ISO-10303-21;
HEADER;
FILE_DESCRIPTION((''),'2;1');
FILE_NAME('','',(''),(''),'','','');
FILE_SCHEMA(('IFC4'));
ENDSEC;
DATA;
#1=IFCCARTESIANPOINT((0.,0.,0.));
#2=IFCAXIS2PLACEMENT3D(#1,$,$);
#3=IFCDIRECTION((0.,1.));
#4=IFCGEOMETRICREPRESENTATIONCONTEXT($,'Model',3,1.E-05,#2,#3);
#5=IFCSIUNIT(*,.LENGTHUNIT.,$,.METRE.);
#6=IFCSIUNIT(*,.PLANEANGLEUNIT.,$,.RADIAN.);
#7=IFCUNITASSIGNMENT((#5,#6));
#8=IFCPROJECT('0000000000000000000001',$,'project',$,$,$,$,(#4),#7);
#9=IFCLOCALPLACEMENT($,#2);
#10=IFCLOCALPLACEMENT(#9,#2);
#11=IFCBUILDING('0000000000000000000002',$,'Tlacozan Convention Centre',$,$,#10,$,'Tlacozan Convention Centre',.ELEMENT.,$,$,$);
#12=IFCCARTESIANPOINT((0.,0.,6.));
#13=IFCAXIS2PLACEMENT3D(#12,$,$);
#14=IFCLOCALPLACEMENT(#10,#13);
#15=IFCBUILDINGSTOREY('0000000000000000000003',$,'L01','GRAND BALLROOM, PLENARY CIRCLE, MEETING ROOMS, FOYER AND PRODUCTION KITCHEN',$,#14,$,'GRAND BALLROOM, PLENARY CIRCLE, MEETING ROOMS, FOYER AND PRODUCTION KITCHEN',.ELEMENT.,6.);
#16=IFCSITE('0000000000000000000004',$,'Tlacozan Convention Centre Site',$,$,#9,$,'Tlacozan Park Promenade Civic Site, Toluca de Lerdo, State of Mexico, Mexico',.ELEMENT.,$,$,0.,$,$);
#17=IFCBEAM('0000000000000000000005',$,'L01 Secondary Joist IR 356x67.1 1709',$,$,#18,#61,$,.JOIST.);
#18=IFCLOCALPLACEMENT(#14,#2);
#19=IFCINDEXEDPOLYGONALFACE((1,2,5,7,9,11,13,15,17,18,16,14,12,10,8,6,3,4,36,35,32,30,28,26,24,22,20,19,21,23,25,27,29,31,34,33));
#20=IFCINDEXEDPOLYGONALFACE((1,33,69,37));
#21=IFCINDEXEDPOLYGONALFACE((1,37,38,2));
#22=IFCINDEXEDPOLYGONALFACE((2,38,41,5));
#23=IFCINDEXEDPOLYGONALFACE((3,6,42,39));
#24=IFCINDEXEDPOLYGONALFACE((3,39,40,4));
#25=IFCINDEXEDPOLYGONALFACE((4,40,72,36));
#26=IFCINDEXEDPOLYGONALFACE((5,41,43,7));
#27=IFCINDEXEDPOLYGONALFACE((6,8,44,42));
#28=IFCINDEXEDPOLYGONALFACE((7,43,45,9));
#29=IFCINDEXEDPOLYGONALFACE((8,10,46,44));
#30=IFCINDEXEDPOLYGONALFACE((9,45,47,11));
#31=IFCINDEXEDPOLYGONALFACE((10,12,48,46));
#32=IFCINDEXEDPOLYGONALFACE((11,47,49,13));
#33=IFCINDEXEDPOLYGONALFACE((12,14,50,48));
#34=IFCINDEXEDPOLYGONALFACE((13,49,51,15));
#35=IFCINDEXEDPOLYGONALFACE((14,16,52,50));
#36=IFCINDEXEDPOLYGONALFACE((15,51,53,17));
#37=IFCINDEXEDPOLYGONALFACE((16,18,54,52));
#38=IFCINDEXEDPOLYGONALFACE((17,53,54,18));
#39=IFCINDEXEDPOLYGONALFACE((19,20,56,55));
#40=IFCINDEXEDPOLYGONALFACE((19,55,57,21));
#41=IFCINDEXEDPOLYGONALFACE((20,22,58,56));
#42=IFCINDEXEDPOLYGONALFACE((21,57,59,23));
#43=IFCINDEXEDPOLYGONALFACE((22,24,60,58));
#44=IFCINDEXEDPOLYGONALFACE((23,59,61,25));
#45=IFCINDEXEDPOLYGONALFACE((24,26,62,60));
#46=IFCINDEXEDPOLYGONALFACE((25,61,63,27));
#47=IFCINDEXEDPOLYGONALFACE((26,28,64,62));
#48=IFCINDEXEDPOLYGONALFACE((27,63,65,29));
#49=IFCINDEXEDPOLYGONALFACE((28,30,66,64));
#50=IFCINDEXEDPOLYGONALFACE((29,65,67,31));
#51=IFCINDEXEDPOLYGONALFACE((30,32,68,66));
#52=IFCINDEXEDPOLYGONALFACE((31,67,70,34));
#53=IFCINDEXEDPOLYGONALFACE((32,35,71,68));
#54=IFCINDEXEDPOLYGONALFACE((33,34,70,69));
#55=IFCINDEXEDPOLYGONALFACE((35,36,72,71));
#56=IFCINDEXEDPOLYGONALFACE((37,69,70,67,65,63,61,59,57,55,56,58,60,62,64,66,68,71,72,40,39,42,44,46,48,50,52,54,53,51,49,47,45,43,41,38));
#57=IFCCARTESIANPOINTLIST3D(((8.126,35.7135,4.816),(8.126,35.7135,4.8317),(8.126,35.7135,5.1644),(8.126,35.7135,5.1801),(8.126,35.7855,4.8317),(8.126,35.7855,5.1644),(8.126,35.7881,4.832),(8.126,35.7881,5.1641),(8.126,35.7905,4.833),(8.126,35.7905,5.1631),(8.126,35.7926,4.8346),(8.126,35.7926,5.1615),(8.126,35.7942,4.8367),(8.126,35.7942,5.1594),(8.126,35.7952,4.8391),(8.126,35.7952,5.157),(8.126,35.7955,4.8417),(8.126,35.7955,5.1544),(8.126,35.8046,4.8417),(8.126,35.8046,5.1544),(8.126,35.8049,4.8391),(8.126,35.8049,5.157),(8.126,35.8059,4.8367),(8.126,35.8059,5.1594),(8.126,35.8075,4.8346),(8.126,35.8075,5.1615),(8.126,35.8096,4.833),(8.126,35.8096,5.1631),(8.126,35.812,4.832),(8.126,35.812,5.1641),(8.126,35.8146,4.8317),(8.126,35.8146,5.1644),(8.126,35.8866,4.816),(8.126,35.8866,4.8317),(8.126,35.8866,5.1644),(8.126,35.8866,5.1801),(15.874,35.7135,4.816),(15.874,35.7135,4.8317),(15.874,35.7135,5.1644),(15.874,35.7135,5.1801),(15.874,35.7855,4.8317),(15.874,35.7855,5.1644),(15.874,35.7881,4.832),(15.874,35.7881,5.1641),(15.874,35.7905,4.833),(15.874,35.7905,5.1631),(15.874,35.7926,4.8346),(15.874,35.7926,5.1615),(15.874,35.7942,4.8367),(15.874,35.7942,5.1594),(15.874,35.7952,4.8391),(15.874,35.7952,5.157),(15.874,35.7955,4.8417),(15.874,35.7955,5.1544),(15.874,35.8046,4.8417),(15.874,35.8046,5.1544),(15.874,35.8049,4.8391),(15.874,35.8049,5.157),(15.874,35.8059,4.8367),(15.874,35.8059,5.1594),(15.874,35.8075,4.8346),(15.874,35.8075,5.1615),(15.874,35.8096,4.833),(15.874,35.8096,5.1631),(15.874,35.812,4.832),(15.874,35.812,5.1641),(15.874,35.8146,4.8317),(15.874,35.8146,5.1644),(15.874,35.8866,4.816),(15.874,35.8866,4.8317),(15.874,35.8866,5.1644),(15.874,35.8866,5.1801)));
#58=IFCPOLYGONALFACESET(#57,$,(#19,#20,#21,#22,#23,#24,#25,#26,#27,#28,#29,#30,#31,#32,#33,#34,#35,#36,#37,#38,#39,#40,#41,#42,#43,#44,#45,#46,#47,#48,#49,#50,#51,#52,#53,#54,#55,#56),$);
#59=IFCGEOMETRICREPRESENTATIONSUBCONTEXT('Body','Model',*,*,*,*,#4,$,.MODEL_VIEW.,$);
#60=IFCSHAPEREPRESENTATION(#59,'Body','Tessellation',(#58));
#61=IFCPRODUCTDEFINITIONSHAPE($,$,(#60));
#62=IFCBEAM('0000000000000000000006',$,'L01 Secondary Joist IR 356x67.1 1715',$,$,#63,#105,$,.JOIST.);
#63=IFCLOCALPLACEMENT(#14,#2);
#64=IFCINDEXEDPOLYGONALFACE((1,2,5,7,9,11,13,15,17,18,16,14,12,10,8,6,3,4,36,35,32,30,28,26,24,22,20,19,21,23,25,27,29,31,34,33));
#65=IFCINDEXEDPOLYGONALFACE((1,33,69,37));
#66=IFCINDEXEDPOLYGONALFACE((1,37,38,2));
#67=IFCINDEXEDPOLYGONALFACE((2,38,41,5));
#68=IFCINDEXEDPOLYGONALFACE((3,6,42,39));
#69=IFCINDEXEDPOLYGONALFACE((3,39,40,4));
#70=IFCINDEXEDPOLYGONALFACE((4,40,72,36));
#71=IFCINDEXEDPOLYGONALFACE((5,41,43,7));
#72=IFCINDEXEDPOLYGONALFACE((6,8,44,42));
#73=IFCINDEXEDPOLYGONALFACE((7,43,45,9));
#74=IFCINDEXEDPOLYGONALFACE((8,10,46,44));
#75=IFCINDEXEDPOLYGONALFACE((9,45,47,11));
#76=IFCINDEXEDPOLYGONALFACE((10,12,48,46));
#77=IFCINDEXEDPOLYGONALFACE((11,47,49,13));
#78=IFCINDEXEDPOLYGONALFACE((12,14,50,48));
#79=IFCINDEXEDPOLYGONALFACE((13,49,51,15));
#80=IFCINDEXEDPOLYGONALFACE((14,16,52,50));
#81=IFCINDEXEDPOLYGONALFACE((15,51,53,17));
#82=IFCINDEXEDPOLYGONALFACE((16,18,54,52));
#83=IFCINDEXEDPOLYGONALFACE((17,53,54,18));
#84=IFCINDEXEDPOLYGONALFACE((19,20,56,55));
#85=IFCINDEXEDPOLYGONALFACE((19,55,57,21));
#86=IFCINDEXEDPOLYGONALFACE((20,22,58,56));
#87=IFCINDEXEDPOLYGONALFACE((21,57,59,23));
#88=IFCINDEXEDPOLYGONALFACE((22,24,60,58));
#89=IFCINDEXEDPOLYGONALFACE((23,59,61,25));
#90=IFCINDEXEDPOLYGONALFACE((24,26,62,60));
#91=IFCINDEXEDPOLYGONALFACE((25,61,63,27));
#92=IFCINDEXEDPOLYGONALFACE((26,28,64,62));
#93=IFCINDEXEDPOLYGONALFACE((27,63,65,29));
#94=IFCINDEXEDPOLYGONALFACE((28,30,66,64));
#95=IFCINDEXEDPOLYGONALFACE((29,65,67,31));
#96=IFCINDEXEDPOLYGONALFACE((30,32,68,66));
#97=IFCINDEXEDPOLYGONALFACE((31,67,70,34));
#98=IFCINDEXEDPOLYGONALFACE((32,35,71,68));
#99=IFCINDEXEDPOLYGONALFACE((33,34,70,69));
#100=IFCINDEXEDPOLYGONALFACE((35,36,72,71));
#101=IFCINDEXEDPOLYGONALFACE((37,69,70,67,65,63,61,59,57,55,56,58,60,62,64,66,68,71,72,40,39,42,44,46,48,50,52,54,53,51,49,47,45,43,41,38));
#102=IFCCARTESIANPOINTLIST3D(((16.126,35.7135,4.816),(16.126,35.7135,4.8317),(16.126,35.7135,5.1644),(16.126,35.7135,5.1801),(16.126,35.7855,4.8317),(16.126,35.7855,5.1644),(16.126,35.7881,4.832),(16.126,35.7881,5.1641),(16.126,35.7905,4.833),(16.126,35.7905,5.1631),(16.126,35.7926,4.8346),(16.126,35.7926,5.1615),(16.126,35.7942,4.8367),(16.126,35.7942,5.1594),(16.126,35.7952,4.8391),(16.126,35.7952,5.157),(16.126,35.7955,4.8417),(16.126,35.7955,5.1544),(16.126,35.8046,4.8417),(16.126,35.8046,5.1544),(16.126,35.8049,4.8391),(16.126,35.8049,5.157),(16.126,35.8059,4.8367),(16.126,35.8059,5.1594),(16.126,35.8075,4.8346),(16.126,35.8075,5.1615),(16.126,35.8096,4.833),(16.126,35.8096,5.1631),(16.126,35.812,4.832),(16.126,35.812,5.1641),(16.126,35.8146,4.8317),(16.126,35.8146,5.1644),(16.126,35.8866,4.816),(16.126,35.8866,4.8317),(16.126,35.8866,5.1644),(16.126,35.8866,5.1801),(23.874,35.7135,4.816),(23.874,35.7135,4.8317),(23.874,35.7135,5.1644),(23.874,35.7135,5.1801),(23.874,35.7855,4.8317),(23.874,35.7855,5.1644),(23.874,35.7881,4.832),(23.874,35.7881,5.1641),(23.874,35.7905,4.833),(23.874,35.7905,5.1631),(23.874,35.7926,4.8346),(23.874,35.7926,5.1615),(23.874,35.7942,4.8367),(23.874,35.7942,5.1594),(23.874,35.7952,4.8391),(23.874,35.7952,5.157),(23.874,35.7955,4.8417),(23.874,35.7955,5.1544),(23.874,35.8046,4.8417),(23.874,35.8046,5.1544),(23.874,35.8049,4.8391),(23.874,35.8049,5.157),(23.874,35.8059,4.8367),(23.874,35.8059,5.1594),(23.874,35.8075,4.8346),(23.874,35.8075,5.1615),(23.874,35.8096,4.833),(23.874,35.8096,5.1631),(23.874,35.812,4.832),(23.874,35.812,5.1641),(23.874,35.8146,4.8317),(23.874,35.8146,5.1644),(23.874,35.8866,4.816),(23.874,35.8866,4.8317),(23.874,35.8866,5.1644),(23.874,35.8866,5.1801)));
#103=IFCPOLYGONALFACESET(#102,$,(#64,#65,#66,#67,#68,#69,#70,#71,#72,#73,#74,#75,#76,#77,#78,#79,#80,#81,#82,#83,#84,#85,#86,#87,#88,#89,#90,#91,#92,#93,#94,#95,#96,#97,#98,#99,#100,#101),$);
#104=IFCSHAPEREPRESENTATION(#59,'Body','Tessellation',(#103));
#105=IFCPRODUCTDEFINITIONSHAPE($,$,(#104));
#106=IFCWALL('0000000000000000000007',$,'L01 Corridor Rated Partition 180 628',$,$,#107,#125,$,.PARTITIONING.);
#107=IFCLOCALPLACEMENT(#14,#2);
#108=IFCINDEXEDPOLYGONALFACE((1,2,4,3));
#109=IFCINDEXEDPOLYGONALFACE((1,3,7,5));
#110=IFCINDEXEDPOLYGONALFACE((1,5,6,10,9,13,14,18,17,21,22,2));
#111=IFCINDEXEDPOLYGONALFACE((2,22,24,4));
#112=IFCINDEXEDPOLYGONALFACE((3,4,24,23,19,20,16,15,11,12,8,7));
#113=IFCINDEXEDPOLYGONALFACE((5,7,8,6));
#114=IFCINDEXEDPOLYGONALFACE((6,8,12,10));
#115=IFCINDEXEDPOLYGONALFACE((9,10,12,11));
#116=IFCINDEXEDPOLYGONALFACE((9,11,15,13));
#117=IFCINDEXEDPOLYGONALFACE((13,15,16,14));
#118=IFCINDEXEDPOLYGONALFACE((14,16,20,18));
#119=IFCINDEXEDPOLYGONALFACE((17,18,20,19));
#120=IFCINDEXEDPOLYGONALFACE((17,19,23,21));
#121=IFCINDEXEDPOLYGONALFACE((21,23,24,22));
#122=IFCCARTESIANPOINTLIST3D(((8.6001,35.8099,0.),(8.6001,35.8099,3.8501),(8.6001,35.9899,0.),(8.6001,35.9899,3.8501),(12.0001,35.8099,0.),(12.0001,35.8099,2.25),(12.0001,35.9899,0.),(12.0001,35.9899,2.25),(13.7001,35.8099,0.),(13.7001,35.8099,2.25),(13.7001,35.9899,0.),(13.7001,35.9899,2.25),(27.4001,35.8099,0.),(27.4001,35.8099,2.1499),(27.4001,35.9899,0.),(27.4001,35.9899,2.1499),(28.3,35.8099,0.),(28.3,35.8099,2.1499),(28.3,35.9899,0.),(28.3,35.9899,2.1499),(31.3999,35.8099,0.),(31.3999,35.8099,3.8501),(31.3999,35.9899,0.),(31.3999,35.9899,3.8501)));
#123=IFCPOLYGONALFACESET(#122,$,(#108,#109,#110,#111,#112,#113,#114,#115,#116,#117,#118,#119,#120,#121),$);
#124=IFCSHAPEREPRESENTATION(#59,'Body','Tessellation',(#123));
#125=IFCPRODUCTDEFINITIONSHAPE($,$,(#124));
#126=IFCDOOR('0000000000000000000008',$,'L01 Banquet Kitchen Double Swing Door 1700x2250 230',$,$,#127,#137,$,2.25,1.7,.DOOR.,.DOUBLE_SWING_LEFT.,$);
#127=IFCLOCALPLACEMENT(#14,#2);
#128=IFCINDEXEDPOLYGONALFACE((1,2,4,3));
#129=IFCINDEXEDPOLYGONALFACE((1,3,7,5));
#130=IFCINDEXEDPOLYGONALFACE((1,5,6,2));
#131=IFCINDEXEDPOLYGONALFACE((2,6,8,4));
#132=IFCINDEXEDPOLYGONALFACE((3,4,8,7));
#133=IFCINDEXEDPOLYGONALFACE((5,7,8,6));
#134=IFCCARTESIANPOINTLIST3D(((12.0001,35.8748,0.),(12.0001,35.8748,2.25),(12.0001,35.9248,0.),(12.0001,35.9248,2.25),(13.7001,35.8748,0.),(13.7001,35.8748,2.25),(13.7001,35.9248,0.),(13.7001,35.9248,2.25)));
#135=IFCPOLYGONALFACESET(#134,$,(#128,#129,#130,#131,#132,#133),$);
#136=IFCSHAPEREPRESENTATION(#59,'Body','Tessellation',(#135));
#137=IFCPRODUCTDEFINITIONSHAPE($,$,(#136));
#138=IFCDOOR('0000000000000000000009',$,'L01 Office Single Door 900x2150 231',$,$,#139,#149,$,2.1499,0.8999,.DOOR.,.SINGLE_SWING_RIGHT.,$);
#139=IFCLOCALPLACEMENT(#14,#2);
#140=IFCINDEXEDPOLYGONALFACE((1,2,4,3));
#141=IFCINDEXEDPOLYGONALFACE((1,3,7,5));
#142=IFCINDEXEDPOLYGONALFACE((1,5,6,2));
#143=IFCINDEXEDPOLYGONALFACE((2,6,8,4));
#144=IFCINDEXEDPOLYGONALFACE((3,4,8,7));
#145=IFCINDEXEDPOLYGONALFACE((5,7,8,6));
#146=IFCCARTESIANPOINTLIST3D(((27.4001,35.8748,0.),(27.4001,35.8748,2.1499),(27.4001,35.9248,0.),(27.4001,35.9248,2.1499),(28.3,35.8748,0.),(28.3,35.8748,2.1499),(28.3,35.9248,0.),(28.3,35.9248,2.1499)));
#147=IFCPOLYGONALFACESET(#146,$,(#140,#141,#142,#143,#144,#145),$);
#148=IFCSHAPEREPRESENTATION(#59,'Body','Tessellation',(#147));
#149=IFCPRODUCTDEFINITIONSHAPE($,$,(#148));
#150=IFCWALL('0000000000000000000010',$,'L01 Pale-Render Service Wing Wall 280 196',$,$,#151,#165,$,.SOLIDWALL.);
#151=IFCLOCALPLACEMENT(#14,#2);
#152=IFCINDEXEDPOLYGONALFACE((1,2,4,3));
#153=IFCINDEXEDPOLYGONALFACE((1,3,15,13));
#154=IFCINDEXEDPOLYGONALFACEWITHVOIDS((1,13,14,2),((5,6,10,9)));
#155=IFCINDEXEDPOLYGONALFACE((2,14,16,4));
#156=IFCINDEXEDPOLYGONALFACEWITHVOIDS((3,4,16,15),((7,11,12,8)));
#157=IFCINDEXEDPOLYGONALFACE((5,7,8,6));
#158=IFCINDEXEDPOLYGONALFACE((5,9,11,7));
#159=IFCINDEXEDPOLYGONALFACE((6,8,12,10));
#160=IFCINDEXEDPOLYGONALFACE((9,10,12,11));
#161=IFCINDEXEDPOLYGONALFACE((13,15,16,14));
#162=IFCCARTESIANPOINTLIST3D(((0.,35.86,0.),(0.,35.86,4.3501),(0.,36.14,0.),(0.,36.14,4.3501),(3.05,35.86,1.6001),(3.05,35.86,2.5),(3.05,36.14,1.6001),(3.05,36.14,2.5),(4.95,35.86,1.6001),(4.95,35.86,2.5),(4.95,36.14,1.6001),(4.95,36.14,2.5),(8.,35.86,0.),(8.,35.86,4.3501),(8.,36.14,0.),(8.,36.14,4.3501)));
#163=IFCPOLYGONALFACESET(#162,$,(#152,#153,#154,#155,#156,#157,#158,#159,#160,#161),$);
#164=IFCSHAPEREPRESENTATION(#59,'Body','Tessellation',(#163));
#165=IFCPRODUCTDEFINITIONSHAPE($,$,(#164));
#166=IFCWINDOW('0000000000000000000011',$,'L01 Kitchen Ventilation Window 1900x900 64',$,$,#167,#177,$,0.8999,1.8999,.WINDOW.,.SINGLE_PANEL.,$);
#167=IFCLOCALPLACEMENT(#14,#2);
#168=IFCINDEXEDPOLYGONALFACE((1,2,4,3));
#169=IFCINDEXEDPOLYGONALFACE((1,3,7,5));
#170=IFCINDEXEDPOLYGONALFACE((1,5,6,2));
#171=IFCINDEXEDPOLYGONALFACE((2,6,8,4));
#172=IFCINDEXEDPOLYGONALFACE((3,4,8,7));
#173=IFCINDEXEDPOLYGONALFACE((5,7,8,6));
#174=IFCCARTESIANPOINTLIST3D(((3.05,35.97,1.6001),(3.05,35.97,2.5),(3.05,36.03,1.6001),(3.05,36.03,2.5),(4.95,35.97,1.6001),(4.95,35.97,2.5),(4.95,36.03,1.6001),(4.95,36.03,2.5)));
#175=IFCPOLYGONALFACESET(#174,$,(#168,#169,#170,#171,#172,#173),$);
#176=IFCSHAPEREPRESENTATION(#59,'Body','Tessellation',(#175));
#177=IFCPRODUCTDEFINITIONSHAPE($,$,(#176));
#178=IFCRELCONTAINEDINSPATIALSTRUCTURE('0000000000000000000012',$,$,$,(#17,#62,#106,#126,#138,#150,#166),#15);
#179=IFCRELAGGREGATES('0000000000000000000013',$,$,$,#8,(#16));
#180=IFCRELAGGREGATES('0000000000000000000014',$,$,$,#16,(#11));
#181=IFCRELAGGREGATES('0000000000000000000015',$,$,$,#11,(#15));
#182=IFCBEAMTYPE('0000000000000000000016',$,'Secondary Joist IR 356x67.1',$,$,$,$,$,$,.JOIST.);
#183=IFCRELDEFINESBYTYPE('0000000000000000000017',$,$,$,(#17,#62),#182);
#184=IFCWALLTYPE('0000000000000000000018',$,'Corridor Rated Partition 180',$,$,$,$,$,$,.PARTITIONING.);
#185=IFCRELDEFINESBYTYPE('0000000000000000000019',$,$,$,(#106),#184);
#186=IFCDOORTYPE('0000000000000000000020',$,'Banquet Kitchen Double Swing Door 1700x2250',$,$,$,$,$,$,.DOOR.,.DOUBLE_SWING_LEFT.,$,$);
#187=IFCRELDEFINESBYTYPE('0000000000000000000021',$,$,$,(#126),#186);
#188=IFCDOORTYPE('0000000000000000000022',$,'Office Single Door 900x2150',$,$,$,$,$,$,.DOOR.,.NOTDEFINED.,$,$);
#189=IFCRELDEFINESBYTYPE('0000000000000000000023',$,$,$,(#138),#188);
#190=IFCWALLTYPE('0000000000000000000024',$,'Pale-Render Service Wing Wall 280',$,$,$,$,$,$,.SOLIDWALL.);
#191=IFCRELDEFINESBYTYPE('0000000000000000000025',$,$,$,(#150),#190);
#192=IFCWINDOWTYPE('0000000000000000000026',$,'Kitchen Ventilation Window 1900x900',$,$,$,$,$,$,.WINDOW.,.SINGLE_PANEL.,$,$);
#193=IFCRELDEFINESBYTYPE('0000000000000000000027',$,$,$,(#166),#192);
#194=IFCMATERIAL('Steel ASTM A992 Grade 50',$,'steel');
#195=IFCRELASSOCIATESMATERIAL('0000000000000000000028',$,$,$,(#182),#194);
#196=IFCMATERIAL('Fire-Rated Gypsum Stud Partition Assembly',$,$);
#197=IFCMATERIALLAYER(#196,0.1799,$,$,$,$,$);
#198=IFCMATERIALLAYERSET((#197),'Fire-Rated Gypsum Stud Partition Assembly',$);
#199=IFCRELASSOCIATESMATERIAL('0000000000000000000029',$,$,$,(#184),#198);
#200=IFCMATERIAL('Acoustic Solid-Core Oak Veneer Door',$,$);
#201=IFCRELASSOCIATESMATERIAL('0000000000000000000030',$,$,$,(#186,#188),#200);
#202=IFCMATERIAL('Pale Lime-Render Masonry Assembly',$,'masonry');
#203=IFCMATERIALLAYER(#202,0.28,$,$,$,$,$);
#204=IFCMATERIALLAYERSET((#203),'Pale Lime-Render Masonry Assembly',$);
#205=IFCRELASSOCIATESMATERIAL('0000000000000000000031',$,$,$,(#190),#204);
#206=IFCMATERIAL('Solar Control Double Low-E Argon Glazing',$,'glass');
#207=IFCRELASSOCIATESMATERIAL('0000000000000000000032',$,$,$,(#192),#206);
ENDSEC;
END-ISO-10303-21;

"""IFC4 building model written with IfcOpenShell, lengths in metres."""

from ifc_helpers import new_model, si_unit, direction, frame, frame_2d, origin, origin_2d, place, context, subcontext, project, spatial, rectangle, i_section, extrude, material, layer, layer_set, material_profile, profile_set, type_object, element, fill, save


model = new_model("IFC4")

# Units and contexts
model_context = context("Model", 3, precision=1e-05, world=origin(), true_north=direction((0.0, 1.0)))
body_context = subcontext(model_context, "Body", "Model", "MODEL_VIEW")
ifc_project = project(units=[si_unit("LENGTHUNIT", "METRE"), si_unit("PLANEANGLEUNIT", "RADIAN")], contexts=[model_context])

# Site, building, storey
site_placement = place(None, origin())
site = spatial("IfcSite", under=ifc_project, at=site_placement, Name="Tlacozan Convention Centre Site", LongName="Tlacozan Park Promenade Civic Site, Toluca de Lerdo, State of Mexico, Mexico", CompositionType="ELEMENT", RefElevation=0.0)
building_placement = place(site_placement, origin())
building = spatial("IfcBuilding", under=site, at=building_placement, Name="Tlacozan Convention Centre", LongName="Tlacozan Convention Centre", CompositionType="ELEMENT")
storey_placement = place(building_placement, frame((0.0, 0.0, 6.0)))
storey = spatial("IfcBuildingStorey", under=building, at=storey_placement, Name="L01", Description="GRAND BALLROOM, PLENARY CIRCLE, MEETING ROOMS, FOYER AND PRODUCTION KITCHEN", LongName="GRAND BALLROOM, PLENARY CIRCLE, MEETING ROOMS, FOYER AND PRODUCTION KITCHEN", CompositionType="ELEMENT", Elevation=6.0)

# Beams
ifc_material_1 = material(Name="Steel ASTM A992 Grade 50", Category="steel")
ifc_material_profile_1 = material_profile(ifc_material_1, i_section(OverallWidth=0.1731, OverallDepth=0.364, WebThickness=0.009, FlangeThickness=0.0156, FilletRadius=0.01, at=origin_2d()), Name="IR 356x67.1")
ifc_profile_set_1 = profile_set([ifc_material_profile_1], Name="Steel ASTM A992 Grade 50")
beam_type_1 = type_object("IfcBeamType", Name="Secondary Joist IR 356x67.1", PredefinedType="JOIST", material=ifc_profile_set_1)
for number, where, z_axis, x_axis, name in (
    (1, (8.126, 35.8, 4.998), (1.0, 0.0, 0.0), (0.0, 1.0, 0.0), "L01 Secondary Joist IR 356x67.1 1709"),
    (2, (16.126, 35.8, 4.998), (1.0, 0.0, 0.0), (0.0, 1.0, 0.0), "L01 Secondary Joist IR 356x67.1 1715"),
):
    element("IfcBeam", number, at=place(storey_placement, frame(where, z_axis=z_axis, x_axis=x_axis)), inside=storey, type_object=beam_type_1, Name=name, PredefinedType="JOIST", context=body_context, shape_type="SweptSolid", body=[
        extrude(i_section(OverallWidth=0.1731, OverallDepth=0.364, WebThickness=0.009, FlangeThickness=0.0156, FilletRadius=0.01, at=origin_2d()), origin(), (0.0, 0.0, 1.0), 7.748),
    ])

# Wall, openings, doors
ifc_material_2 = material(Name="Fire-Rated Gypsum Stud Partition Assembly")
ifc_layer_1 = layer(ifc_material_2, 0.1799)
ifc_layer_set_1 = layer_set([ifc_layer_1], Name="Fire-Rated Gypsum Stud Partition Assembly")
wall_type_1 = type_object("IfcWallType", Name="Corridor Rated Partition 180", PredefinedType="PARTITIONING", material=ifc_layer_set_1)
wall_1_placement = place(storey_placement, frame((8.6001, 35.8999, 0.0), z_axis=(0.0, 0.0, 1.0), x_axis=(1.0, 0.0, 0.0)))
wall_1 = element("IfcWall", 3, at=wall_1_placement, inside=storey, type_object=wall_type_1, Name="L01 Corridor Rated Partition 180 628", PredefinedType="PARTITIONING", context=body_context, shape_type="SweptSolid", body=[
    extrude(rectangle(XDim=22.7998, YDim=0.1799, at=frame_2d((11.3999, 0.0))), origin(), (0.0, 0.0, 1.0), 3.8501),
])
opening_1_placement = place(wall_1_placement, frame((3.3999, 0.0, 0.0)))
opening_1 = element("IfcOpeningElement", 4, at=opening_1_placement, cuts=wall_1, PredefinedType="OPENING", context=body_context, shape_type="SweptSolid", body=[
    extrude(rectangle(XDim=1.7, YDim=2.25, at=frame_2d((0.8501, 1.125))), frame((0.0, 0.0999, 0.0), z_axis=(0.0, -1.0, 0.0), x_axis=(1.0, 0.0, 0.0)), (0.0, 0.0, 1.0), 0.2),
])
opening_2_placement = place(wall_1_placement, frame((18.8, 0.0, 0.0)))
opening_2 = element("IfcOpeningElement", 5, at=opening_2_placement, cuts=wall_1, PredefinedType="OPENING", context=body_context, shape_type="SweptSolid", body=[
    extrude(rectangle(XDim=0.8999, YDim=2.1499, at=frame_2d((0.45, 1.075))), frame((0.0, 0.0999, 0.0), z_axis=(0.0, -1.0, 0.0), x_axis=(1.0, 0.0, 0.0)), (0.0, 0.0, 1.0), 0.2),
])
ifc_material_3 = material(Name="Acoustic Solid-Core Oak Veneer Door")
door_type_1 = type_object("IfcDoorType", Name="Banquet Kitchen Double Swing Door 1700x2250", OperationType="DOUBLE_SWING_LEFT", PredefinedType="DOOR", material=ifc_material_3)
door_1_placement = place(opening_1_placement, origin())
door_1 = element("IfcDoor", 6, at=door_1_placement, inside=storey, type_object=door_type_1, Name="L01 Banquet Kitchen Double Swing Door 1700x2250 230", OperationType="DOUBLE_SWING_LEFT", OverallHeight=2.25, OverallWidth=1.7, PredefinedType="DOOR", context=body_context, shape_type="SweptSolid", body=[
    extrude(rectangle(XDim=1.7, YDim=2.25, at=frame_2d((0.8501, 1.125))), frame((0.0, 0.0249, 0.0), z_axis=(0.0, -1.0, 0.0), x_axis=(1.0, 0.0, 0.0)), (0.0, 0.0, 1.0), 0.05),
])
fill(opening_1, door_1)
door_type_2 = type_object("IfcDoorType", Name="Office Single Door 900x2150", OperationType="NOTDEFINED", PredefinedType="DOOR", material=ifc_material_3)
door_2_placement = place(opening_2_placement, origin())
door_2 = element("IfcDoor", 7, at=door_2_placement, inside=storey, type_object=door_type_2, Name="L01 Office Single Door 900x2150 231", OperationType="SINGLE_SWING_RIGHT", OverallHeight=2.1499, OverallWidth=0.8999, PredefinedType="DOOR", context=body_context, shape_type="SweptSolid", body=[
    extrude(rectangle(XDim=0.8999, YDim=2.1499, at=frame_2d((0.45, 1.075))), frame((0.0, 0.0249, 0.0), z_axis=(0.0, -1.0, 0.0), x_axis=(1.0, 0.0, 0.0)), (0.0, 0.0, 1.0), 0.05),
])
fill(opening_2, door_2)

# Wall, opening, window
ifc_material_4 = material(Name="Pale Lime-Render Masonry Assembly", Category="masonry")
ifc_layer_2 = layer(ifc_material_4, 0.28)
ifc_layer_set_2 = layer_set([ifc_layer_2], Name="Pale Lime-Render Masonry Assembly")
wall_type_2 = type_object("IfcWallType", Name="Pale-Render Service Wing Wall 280", PredefinedType="SOLIDWALL", material=ifc_layer_set_2)
wall_2_placement = place(storey_placement, frame((0.0, 36.0, 0.0), z_axis=(0.0, 0.0, 1.0), x_axis=(1.0, 0.0, 0.0)))
wall_2 = element("IfcWall", 8, at=wall_2_placement, inside=storey, type_object=wall_type_2, Name="L01 Pale-Render Service Wing Wall 280 196", PredefinedType="SOLIDWALL", context=body_context, shape_type="SweptSolid", body=[
    extrude(rectangle(XDim=8.0, YDim=0.28, at=frame_2d((4.0, 0.0))), origin(), (0.0, 0.0, 1.0), 4.3501),
])
opening_3_placement = place(wall_2_placement, frame((3.05, 0.0, 1.6001)))
opening_3 = element("IfcOpeningElement", 9, at=opening_3_placement, cuts=wall_2, PredefinedType="OPENING", context=body_context, shape_type="SweptSolid", body=[
    extrude(rectangle(XDim=1.8999, YDim=0.8999, at=frame_2d((0.95, 0.45))), frame((0.0, 0.1499, 0.0), z_axis=(0.0, -1.0, 0.0), x_axis=(1.0, 0.0, 0.0)), (0.0, 0.0, 1.0), 0.3),
])
ifc_material_5 = material(Name="Solar Control Double Low-E Argon Glazing", Category="glass")
window_type_1 = type_object("IfcWindowType", Name="Kitchen Ventilation Window 1900x900", PartitioningType="SINGLE_PANEL", PredefinedType="WINDOW", material=ifc_material_5)
window_1_placement = place(opening_3_placement, origin())
window_1 = element("IfcWindow", 10, at=window_1_placement, inside=storey, type_object=window_type_1, Name="L01 Kitchen Ventilation Window 1900x900 64", OverallHeight=0.8999, OverallWidth=1.8999, PartitioningType="SINGLE_PANEL", PredefinedType="WINDOW", context=body_context, shape_type="SweptSolid", body=[
    extrude(rectangle(XDim=1.8999, YDim=0.8999, at=frame_2d((0.95, 0.45))), frame((0.0, 0.03, 0.0), z_axis=(0.0, -1.0, 0.0), x_axis=(1.0, 0.0, 0.0)), (0.0, 0.0, 1.0), 0.0601),
])
fill(opening_3, window_1)

save(model, "model.ifc")
